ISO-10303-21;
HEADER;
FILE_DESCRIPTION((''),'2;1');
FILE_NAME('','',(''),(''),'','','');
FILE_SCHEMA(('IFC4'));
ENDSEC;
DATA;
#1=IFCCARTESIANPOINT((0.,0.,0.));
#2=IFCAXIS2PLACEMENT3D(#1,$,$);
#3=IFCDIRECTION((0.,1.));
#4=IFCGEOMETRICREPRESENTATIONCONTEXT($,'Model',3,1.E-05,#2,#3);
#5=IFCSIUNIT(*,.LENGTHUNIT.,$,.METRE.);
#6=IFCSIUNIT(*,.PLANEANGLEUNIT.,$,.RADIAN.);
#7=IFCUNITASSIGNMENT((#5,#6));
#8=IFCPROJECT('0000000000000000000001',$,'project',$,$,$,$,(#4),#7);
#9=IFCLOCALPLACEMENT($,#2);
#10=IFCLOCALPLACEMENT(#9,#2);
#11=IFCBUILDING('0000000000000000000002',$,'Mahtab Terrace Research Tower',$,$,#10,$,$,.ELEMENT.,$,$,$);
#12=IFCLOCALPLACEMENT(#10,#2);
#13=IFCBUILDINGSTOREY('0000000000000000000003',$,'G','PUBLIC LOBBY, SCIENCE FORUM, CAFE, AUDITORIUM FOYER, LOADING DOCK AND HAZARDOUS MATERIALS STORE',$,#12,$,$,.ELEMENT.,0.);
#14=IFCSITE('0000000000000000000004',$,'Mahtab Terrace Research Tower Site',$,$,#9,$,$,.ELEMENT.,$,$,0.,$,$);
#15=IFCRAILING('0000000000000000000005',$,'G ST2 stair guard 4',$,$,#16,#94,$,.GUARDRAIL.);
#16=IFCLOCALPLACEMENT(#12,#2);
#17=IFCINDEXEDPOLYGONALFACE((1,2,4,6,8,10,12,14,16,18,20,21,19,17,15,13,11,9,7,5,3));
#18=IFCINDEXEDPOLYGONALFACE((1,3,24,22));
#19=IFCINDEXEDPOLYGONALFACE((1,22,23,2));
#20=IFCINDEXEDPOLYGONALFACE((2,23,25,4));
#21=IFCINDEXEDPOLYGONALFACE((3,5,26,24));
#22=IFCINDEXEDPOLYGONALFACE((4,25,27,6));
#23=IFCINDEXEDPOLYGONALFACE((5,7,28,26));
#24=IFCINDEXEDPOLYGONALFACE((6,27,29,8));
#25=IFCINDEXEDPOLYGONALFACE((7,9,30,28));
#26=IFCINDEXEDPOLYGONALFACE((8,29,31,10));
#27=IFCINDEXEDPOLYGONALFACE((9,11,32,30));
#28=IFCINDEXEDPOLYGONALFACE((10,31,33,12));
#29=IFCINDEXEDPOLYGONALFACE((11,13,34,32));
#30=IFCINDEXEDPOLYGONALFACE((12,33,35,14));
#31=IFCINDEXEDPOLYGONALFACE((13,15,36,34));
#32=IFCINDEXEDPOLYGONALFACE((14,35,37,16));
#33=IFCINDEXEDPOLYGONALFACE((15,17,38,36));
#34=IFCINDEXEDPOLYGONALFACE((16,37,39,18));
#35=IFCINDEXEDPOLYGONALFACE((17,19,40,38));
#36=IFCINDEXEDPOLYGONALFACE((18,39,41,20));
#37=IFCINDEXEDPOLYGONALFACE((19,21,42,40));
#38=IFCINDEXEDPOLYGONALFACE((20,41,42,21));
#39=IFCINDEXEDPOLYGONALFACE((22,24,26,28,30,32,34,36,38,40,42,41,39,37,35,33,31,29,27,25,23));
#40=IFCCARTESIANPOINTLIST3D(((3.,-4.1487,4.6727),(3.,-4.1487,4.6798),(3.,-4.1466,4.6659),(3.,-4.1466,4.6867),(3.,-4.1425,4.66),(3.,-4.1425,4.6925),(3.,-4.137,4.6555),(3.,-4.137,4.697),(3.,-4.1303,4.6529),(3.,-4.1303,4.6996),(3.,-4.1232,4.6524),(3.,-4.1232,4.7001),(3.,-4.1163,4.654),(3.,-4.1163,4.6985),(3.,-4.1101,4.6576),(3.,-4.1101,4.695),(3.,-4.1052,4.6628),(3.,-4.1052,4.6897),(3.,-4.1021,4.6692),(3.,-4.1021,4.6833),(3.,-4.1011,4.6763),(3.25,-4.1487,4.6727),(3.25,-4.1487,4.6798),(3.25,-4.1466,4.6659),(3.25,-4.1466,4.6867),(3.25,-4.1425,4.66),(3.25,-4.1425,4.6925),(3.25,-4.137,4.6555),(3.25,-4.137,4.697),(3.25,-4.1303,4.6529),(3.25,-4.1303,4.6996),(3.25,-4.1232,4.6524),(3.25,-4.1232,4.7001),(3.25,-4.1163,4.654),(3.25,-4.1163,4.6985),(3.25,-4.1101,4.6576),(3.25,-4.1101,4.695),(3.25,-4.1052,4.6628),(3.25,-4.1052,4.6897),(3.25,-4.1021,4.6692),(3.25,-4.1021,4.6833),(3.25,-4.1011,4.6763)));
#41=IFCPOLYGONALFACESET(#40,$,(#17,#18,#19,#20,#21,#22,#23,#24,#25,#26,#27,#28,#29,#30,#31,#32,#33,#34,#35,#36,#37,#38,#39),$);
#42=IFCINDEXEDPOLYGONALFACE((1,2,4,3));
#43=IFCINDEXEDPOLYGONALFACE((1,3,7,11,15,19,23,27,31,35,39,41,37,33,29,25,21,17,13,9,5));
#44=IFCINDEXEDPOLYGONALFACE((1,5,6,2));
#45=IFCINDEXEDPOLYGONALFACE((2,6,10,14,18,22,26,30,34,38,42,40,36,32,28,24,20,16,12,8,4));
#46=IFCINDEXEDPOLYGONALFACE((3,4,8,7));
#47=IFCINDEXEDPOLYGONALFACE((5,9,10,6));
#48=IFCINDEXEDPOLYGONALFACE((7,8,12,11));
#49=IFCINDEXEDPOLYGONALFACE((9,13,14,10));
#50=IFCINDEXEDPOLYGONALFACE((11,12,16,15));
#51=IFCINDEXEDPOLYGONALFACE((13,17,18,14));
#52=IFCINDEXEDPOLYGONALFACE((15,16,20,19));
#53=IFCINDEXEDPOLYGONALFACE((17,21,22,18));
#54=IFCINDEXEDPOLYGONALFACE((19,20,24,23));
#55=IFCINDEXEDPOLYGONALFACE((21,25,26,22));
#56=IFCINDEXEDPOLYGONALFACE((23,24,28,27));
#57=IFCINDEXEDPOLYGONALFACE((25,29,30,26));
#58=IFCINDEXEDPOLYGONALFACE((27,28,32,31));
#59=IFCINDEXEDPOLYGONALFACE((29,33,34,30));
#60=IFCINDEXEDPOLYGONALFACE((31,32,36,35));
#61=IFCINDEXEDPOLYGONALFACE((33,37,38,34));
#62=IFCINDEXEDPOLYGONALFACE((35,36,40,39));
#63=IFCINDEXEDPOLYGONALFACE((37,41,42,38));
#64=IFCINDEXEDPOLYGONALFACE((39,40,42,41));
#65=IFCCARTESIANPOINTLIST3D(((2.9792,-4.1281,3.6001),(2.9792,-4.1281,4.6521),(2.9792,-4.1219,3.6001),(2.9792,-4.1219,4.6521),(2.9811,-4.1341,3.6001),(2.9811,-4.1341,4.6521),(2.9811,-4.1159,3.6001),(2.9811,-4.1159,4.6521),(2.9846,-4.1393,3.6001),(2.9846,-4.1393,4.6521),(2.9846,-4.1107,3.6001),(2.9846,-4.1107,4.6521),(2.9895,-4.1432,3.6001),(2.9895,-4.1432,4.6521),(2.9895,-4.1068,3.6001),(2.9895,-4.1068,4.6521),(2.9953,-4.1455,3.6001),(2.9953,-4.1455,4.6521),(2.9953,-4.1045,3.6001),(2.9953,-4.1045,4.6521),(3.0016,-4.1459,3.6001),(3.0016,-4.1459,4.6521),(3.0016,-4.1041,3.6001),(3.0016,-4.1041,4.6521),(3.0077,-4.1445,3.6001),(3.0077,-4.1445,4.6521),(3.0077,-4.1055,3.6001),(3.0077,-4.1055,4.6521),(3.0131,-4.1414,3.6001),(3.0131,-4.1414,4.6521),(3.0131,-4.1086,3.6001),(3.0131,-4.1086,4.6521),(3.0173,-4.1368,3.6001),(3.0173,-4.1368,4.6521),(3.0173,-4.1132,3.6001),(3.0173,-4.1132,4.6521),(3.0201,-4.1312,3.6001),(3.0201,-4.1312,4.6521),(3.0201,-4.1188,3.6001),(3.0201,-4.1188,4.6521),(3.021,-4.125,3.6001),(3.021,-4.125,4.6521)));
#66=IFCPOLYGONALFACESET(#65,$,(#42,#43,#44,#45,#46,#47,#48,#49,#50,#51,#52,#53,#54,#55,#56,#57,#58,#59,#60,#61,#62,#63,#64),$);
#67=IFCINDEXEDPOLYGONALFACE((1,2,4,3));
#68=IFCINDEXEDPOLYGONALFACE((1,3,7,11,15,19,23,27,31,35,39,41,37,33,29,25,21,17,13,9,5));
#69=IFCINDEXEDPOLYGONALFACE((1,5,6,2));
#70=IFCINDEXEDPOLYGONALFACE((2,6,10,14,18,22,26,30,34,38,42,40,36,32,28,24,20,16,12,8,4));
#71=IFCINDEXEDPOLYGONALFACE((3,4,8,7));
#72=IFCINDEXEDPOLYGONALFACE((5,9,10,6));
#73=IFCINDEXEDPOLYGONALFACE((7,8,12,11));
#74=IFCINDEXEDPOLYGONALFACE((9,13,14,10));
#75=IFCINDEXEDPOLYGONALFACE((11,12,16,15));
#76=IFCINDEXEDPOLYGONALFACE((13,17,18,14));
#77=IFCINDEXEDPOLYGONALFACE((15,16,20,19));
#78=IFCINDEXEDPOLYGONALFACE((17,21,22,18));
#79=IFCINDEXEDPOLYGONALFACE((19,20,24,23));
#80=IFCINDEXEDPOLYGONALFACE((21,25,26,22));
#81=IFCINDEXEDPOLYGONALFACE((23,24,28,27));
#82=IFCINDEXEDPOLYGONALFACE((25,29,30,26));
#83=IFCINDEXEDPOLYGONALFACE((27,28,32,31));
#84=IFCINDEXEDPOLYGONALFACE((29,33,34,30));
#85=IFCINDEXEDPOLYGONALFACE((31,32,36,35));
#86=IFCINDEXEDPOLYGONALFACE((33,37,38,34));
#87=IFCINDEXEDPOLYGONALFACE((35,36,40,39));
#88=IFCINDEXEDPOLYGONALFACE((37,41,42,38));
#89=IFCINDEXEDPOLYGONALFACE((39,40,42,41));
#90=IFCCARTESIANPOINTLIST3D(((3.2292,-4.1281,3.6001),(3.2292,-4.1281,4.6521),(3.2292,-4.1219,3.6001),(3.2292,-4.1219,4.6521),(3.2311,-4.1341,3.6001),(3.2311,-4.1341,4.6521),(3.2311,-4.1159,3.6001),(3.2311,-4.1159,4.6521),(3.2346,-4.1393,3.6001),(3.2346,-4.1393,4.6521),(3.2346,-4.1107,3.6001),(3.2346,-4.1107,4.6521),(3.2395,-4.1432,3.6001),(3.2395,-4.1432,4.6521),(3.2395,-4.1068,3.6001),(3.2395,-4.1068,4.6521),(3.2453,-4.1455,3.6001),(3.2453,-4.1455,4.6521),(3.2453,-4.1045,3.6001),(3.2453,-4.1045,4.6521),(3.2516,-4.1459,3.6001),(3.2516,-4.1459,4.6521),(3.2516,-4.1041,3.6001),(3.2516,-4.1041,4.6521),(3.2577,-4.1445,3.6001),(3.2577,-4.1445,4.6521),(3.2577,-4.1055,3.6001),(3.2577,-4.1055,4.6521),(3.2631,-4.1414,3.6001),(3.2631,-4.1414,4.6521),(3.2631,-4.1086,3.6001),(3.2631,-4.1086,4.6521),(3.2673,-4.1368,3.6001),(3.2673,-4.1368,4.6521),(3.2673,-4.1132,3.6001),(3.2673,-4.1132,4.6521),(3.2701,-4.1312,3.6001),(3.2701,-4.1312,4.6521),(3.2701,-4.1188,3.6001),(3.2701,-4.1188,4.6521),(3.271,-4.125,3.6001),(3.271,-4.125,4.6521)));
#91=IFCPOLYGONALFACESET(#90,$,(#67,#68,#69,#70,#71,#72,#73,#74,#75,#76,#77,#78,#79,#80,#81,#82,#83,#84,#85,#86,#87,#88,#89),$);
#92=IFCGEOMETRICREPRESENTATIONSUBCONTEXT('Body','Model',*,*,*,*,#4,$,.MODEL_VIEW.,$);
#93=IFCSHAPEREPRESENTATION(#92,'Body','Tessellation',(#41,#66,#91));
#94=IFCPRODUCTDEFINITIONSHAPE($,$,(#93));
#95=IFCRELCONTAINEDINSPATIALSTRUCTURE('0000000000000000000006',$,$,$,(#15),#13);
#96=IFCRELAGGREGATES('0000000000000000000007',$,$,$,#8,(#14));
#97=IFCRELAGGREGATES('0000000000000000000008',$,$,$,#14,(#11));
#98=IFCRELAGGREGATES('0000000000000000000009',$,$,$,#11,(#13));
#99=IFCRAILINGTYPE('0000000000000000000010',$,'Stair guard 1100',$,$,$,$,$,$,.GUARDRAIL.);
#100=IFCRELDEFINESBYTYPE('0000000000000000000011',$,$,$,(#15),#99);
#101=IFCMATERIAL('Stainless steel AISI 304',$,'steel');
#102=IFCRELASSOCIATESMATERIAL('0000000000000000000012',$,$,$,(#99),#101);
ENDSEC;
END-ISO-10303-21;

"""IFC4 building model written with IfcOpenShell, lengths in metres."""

from ifc_helpers import new_model, si_unit, direction, frame, origin, origin_2d, place, context, subcontext, project, spatial, circle, extrude, material, type_object, element, save


model = new_model("IFC4")

# Units and contexts
model_context = context("Model", 3, precision=1e-05, world=origin(), true_north=direction((0.0, 1.0)))
body_context = subcontext(model_context, "Body", "Model", "MODEL_VIEW")
ifc_project = project(units=[si_unit("LENGTHUNIT", "METRE"), si_unit("PLANEANGLEUNIT", "RADIAN")], contexts=[model_context])

# Site, building, storey
site_placement = place(None, origin())
site = spatial("IfcSite", under=ifc_project, at=site_placement, Name="Mahtab Terrace Research Tower Site", CompositionType="ELEMENT", RefElevation=0.0)
building_placement = place(site_placement, origin())
building = spatial("IfcBuilding", under=site, at=building_placement, Name="Mahtab Terrace Research Tower", CompositionType="ELEMENT")
storey_placement = place(building_placement, origin())
storey = spatial("IfcBuildingStorey", under=building, at=storey_placement, Name="G", Description="PUBLIC LOBBY, SCIENCE FORUM, CAFE, AUDITORIUM FOYER, LOADING DOCK AND HAZARDOUS MATERIALS STORE", CompositionType="ELEMENT", Elevation=0.0)

# Railing
ifc_material_1 = material(Name="Stainless steel AISI 304", Category="steel")
railing_type_1 = type_object("IfcRailingType", Name="Stair guard 1100", PredefinedType="GUARDRAIL", material=ifc_material_1)
railing_1_placement = place(storey_placement, frame((3.0, -4.125, 3.6001)))
element("IfcRailing", 1, at=railing_1_placement, inside=storey, type_object=railing_type_1, Name="G ST2 stair guard 4", PredefinedType="GUARDRAIL", context=body_context, shape_type="SweptSolid", body=[
    extrude(circle(Radius=0.0239, at=origin_2d()), frame((0.0, 0.0, 1.0762), z_axis=(1.0, 0.0, 0.0), x_axis=(0.0, 1.0, 0.0)), (0.0, 0.0, 1.0), 0.25),
    extrude(circle(Radius=0.021, at=origin_2d()), origin(), (0.0, 0.0, 1.0), 1.052),
    extrude(circle(Radius=0.021, at=origin_2d()), frame((0.25, 0.0, 0.0)), (0.0, 0.0, 1.0), 1.052),
])

save(model, "model.ifc")
